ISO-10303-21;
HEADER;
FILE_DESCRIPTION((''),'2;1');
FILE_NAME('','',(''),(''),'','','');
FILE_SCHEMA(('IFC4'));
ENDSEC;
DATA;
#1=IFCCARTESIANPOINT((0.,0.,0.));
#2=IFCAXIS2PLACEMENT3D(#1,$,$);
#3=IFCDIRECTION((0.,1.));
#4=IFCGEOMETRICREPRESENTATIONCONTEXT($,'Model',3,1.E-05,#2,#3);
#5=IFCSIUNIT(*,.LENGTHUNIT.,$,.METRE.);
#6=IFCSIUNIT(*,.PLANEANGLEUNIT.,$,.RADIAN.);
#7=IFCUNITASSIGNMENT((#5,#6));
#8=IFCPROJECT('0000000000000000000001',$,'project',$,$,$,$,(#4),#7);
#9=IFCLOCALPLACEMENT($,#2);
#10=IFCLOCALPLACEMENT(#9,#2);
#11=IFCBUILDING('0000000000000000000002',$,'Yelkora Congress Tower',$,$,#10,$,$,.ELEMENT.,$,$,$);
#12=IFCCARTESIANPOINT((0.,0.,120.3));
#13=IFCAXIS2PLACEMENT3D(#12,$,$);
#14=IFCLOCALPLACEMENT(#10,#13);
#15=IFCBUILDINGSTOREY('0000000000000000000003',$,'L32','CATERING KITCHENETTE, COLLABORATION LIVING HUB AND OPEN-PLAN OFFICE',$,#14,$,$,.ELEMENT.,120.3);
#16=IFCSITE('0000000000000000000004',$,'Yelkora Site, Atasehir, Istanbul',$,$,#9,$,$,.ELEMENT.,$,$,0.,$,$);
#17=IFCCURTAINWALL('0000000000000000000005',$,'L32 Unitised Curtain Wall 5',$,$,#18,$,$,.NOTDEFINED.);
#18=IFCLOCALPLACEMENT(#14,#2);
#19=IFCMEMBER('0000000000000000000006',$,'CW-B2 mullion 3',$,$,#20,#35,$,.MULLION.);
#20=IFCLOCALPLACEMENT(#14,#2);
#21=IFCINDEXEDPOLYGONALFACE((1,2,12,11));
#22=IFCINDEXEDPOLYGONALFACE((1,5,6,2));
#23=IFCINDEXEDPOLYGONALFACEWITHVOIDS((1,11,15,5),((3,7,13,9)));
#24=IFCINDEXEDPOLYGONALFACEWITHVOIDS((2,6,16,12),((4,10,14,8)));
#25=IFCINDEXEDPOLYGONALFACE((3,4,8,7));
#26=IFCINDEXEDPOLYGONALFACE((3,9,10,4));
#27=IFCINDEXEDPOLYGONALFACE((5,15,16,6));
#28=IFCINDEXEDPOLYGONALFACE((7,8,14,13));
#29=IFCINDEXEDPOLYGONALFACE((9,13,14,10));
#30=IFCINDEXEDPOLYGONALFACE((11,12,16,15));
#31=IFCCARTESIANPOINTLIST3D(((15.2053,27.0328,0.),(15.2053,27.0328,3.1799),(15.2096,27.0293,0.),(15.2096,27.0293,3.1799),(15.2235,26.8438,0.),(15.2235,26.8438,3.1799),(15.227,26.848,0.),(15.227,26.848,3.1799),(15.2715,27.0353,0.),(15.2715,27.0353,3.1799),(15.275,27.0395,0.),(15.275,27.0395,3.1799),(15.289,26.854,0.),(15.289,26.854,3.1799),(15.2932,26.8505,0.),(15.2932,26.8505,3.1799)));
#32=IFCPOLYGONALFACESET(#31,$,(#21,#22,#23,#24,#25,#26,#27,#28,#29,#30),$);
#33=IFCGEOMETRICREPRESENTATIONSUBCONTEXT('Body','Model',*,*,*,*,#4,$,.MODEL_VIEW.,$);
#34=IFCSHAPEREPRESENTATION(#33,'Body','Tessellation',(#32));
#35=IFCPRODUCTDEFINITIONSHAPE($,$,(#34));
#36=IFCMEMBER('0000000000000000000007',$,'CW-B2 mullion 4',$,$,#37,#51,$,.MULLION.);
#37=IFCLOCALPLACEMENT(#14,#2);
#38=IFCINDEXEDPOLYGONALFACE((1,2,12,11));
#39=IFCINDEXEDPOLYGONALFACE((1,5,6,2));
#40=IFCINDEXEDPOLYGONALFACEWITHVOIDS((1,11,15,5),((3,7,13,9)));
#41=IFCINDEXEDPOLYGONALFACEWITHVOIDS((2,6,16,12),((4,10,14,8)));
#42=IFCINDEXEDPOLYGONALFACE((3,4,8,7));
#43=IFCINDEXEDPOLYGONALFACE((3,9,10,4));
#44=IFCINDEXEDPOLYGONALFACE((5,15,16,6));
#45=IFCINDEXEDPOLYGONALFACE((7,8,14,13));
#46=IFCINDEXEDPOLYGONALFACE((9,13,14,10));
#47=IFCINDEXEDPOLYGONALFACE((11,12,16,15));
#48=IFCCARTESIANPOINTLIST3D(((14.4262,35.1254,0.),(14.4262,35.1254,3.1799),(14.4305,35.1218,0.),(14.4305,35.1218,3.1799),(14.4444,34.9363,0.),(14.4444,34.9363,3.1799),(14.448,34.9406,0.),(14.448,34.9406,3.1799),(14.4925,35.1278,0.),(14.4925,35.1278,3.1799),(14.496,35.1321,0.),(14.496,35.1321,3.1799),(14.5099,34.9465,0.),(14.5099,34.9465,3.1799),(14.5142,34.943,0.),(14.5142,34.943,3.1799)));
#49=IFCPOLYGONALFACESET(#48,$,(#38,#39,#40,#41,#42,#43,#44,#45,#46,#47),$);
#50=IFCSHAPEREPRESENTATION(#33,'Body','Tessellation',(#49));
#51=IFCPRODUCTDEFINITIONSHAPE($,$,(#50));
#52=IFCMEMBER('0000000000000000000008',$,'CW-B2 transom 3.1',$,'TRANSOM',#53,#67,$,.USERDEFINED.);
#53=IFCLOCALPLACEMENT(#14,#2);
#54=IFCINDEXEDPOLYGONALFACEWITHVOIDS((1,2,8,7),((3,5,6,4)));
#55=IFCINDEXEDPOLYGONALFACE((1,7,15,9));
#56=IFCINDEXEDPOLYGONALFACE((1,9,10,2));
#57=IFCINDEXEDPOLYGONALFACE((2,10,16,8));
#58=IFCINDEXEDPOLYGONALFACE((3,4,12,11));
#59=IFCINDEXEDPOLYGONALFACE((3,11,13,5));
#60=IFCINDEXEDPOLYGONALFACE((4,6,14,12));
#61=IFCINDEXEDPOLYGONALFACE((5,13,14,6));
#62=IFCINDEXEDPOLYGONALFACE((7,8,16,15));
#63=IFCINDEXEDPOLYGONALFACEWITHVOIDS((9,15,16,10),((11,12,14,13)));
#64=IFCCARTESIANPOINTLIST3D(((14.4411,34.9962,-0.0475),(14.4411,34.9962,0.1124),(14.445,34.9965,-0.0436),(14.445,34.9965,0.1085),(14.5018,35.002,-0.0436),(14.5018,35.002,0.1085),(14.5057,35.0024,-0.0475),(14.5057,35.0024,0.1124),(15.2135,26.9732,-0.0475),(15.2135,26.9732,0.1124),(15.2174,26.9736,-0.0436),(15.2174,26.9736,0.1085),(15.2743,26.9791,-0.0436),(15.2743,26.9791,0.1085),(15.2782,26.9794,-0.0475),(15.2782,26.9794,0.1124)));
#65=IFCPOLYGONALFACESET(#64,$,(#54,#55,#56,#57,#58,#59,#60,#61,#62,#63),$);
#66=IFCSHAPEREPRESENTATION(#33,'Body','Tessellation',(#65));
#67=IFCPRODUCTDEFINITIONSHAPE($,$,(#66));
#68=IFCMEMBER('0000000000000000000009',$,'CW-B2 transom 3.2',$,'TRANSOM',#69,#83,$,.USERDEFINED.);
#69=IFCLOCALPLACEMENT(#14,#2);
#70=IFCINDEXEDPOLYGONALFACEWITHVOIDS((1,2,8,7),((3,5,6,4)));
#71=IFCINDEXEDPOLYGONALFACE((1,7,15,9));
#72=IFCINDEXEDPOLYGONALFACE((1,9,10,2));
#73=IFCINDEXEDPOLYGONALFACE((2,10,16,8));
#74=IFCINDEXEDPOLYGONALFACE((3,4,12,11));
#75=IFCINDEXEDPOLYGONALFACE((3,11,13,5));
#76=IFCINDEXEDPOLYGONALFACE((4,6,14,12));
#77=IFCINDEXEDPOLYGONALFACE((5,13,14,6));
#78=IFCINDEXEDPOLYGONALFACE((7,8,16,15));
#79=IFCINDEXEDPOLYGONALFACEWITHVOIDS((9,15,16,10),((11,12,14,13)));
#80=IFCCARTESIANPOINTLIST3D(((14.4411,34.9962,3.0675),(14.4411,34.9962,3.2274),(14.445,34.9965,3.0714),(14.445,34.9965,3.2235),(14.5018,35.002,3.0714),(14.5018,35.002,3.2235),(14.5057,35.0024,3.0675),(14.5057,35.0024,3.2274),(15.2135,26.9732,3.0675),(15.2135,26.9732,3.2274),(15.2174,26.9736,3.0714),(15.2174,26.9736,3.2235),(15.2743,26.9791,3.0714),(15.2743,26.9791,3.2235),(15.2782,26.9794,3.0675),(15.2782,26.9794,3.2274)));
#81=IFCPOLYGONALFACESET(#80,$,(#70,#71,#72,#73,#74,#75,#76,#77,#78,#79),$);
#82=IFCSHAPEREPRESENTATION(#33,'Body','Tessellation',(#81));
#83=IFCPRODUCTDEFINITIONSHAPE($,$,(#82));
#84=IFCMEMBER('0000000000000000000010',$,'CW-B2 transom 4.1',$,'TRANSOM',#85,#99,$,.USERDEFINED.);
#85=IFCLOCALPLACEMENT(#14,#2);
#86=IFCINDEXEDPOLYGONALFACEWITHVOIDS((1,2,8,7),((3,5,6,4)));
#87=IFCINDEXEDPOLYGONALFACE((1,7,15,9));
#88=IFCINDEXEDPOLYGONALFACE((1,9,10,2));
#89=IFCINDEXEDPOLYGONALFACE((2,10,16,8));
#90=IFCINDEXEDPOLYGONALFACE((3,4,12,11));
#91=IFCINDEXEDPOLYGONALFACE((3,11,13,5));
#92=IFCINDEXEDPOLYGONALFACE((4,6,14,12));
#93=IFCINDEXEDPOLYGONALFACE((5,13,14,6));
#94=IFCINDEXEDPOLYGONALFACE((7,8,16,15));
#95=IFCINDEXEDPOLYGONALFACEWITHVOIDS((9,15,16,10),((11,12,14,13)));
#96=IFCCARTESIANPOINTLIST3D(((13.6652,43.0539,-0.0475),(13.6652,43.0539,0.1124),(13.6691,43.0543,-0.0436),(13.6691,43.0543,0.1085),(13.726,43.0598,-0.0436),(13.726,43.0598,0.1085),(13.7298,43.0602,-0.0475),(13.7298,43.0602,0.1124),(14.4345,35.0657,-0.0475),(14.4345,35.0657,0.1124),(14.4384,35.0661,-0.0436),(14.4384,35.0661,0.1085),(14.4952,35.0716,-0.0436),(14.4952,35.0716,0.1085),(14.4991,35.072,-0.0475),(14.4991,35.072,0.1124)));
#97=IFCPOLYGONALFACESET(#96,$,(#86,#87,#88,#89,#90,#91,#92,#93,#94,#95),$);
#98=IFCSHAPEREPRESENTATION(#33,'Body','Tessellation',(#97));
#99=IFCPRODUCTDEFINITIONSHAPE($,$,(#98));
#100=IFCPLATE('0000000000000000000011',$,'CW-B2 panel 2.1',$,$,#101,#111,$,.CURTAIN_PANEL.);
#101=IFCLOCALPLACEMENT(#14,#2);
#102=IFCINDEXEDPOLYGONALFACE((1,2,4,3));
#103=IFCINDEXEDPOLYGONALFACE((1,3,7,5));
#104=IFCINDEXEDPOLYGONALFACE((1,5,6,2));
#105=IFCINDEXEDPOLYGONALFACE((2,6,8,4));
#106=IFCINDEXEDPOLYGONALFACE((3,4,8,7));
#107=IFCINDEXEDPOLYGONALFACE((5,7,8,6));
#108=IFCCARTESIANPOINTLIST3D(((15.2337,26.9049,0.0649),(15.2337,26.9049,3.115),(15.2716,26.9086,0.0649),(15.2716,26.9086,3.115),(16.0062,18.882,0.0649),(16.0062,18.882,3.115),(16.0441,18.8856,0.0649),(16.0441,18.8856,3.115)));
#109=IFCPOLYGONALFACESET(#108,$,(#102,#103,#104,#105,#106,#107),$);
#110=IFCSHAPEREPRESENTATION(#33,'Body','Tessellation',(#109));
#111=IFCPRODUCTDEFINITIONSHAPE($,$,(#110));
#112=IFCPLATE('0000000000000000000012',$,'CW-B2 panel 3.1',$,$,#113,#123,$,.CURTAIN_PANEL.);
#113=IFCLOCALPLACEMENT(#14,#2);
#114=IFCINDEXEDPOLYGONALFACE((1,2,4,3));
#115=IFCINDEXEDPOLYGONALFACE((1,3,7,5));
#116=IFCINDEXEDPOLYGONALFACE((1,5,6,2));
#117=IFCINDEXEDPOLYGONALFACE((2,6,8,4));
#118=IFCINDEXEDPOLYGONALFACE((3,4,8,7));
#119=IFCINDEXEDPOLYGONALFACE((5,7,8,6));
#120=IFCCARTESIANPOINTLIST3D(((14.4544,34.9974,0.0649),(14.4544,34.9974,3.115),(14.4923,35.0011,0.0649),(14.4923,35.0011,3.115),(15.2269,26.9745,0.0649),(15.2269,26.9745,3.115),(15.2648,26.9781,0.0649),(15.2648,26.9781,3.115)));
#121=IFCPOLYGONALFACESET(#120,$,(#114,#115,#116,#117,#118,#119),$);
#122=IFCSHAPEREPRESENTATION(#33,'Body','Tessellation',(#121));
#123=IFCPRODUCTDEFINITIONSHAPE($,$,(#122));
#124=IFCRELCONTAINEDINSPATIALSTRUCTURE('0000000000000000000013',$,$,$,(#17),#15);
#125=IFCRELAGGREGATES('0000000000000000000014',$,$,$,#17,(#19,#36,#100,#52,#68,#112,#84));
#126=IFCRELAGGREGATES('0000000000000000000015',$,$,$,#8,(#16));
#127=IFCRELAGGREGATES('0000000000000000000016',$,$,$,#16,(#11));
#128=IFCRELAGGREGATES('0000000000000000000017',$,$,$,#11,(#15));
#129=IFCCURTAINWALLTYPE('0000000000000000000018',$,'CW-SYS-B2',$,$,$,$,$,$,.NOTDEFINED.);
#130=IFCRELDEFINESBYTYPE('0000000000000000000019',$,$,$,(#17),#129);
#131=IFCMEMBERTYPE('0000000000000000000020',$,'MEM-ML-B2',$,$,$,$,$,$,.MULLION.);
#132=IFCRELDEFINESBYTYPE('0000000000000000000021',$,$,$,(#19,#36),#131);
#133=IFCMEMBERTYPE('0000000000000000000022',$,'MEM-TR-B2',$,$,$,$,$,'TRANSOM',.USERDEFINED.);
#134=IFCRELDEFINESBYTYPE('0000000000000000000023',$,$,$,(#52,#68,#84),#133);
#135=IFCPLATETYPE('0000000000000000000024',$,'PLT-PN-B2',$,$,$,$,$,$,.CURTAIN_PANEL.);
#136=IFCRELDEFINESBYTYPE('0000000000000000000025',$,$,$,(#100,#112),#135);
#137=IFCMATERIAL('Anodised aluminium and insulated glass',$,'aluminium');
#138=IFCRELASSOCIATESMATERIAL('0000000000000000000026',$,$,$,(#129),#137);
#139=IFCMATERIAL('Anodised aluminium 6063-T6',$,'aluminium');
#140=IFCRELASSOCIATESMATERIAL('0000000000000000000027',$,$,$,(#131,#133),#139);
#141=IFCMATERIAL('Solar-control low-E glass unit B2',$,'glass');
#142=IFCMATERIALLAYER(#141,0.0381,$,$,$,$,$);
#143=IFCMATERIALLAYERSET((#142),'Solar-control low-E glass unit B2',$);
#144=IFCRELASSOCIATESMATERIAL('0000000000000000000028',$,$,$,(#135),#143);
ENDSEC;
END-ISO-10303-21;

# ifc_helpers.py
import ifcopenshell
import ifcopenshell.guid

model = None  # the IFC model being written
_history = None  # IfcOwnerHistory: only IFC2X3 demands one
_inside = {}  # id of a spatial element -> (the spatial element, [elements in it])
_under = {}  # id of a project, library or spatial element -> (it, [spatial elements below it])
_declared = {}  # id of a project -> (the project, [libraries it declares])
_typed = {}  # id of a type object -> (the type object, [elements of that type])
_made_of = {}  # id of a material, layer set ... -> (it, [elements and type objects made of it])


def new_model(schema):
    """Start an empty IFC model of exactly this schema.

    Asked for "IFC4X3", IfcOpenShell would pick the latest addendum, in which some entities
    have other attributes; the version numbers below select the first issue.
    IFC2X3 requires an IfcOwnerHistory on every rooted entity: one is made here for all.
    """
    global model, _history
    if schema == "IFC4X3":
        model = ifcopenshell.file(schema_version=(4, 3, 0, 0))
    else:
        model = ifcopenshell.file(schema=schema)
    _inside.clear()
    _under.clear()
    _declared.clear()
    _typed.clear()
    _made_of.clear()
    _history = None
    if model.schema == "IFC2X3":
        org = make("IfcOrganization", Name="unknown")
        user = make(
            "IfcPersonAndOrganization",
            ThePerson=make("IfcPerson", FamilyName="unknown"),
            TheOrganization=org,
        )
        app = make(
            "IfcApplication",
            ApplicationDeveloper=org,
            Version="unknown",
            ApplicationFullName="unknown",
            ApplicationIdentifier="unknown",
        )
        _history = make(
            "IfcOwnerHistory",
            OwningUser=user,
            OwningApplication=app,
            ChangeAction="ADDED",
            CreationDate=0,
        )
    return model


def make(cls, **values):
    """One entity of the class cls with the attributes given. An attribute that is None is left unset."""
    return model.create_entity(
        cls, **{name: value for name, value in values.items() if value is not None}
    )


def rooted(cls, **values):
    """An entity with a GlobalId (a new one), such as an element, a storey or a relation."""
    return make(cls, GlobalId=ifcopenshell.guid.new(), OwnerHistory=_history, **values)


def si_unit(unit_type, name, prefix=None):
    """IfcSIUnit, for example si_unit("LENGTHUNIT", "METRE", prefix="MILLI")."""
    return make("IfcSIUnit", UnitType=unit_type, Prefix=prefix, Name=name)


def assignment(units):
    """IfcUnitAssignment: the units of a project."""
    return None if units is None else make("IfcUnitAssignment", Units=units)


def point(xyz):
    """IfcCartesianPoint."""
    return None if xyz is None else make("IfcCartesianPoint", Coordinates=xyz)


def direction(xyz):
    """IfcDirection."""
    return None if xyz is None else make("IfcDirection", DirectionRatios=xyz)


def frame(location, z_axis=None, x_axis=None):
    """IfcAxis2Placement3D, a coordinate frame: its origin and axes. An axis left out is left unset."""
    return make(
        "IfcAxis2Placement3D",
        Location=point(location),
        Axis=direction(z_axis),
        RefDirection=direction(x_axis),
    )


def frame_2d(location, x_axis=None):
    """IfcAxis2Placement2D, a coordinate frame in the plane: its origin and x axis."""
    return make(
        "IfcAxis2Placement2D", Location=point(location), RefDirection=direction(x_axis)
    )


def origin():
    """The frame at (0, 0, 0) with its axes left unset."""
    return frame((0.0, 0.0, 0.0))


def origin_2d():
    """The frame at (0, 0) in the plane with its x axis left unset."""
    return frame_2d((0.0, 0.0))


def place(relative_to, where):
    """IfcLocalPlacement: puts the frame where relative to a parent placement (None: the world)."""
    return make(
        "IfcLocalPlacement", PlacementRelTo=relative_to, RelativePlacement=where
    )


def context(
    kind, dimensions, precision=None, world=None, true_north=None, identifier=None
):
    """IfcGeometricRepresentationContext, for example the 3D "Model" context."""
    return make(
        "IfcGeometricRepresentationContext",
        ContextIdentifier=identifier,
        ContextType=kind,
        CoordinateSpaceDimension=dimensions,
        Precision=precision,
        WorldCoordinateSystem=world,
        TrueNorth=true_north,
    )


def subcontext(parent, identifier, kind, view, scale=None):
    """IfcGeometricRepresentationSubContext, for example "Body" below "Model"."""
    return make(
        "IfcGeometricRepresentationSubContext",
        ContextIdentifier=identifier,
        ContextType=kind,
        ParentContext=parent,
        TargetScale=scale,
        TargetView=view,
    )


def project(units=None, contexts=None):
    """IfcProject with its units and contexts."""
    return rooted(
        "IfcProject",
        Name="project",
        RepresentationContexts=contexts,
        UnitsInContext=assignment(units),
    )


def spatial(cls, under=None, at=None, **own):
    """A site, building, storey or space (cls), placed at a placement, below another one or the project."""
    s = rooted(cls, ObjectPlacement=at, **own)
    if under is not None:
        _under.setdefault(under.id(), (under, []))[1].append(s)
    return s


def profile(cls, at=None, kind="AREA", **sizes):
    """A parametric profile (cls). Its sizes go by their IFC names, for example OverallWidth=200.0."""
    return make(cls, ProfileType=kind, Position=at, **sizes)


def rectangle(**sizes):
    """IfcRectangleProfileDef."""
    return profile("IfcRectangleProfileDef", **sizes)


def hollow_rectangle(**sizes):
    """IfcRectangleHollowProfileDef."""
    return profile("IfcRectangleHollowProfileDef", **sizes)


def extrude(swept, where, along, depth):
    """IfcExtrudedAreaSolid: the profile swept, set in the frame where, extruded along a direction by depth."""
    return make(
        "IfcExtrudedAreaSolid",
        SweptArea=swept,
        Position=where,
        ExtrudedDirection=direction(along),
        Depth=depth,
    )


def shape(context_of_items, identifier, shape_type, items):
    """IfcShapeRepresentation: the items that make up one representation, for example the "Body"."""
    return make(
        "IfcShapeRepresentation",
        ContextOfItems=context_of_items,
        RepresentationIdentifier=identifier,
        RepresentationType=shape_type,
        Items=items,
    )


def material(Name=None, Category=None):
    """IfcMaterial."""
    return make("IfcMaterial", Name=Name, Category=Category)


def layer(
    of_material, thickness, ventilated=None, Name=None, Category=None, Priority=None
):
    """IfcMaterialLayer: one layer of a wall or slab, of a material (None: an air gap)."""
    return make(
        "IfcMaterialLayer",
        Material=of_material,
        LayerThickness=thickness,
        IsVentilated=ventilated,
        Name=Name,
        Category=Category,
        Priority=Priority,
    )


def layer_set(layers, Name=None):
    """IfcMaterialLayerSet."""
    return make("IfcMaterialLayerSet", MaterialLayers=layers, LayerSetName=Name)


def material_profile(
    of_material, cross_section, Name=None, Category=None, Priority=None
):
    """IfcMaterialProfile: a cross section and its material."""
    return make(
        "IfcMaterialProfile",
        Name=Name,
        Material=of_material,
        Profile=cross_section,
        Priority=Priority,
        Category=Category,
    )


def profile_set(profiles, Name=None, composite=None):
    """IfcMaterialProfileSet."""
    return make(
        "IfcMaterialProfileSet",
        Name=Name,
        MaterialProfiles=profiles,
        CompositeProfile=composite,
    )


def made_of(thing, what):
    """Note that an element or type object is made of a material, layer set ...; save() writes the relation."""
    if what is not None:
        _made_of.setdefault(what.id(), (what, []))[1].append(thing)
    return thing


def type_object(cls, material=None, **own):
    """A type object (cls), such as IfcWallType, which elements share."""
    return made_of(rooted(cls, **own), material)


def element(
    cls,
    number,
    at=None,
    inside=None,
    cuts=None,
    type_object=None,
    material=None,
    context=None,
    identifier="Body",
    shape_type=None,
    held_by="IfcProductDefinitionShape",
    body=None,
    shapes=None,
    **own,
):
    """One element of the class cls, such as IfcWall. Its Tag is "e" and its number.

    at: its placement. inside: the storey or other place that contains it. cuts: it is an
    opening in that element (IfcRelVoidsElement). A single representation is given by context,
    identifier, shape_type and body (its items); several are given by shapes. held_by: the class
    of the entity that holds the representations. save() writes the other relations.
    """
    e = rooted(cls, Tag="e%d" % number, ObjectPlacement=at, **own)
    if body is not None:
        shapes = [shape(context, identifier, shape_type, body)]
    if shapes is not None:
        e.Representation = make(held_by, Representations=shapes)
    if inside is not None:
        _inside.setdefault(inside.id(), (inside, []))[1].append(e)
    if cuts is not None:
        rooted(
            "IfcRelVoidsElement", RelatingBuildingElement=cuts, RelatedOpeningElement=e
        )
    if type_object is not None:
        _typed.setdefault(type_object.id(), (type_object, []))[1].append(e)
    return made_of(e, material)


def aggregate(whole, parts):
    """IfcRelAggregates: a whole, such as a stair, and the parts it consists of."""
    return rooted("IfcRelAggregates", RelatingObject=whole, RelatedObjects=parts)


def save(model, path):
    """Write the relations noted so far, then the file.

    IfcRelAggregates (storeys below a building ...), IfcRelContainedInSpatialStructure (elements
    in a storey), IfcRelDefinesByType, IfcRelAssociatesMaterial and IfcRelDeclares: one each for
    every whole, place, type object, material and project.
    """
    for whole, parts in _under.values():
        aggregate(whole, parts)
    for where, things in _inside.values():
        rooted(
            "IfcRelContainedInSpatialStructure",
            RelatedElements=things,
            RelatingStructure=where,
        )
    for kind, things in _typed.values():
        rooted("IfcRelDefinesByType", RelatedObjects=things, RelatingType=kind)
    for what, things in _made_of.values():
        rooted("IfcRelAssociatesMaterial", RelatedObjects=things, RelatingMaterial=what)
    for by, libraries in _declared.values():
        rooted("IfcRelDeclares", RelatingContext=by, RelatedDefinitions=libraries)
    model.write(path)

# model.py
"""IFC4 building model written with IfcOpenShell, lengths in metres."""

from ifc_helpers import new_model, si_unit, direction, frame, origin, origin_2d, place, context, subcontext, project, spatial, rectangle, hollow_rectangle, extrude, material, layer, layer_set, material_profile, profile_set, type_object, element, aggregate, save


model = new_model("IFC4")

# Units and contexts
model_context = context("Model", 3, precision=1e-05, world=origin(), true_north=direction((0.0, 1.0)))
body_context = subcontext(model_context, "Body", "Model", "MODEL_VIEW")
ifc_project = project(units=[si_unit("LENGTHUNIT", "METRE"), si_unit("PLANEANGLEUNIT", "RADIAN")], contexts=[model_context])

# Site, building, storey
site_placement = place(None, origin())
site = spatial("IfcSite", under=ifc_project, at=site_placement, Name="Yelkora Site, Atasehir, Istanbul", CompositionType="ELEMENT", RefElevation=0.0)
building_placement = place(site_placement, origin())
building = spatial("IfcBuilding", under=site, at=building_placement, Name="Yelkora Congress Tower", CompositionType="ELEMENT")
storey_placement = place(building_placement, frame((0.0, 0.0, 120.3)))
storey = spatial("IfcBuildingStorey", under=building, at=storey_placement, Name="L32", Description="CATERING KITCHENETTE, COLLABORATION LIVING HUB AND OPEN-PLAN OFFICE", CompositionType="ELEMENT", Elevation=120.3)

# Curtain wall, members, plates
ifc_material_1 = material(Name="Anodised aluminium and insulated glass", Category="aluminium")
curtain_wall_type = type_object("IfcCurtainWallType", Name="CW-SYS-B2", PredefinedType="NOTDEFINED", material=ifc_material_1)
curtain_wall_placement = place(storey_placement, origin())
curtain_wall = element("IfcCurtainWall", 1, at=curtain_wall_placement, inside=storey, type_object=curtain_wall_type, Name="L32 Unitised Curtain Wall 5", PredefinedType="NOTDEFINED")
ifc_material_2 = material(Name="Anodised aluminium 6063-T6", Category="aluminium")
ifc_material_profile_1 = material_profile(ifc_material_2, hollow_rectangle(XDim=0.0701, YDim=0.1899, WallThickness=0.0039, at=origin_2d()), Name="ALU 70x190x4")
ifc_profile_set_1 = profile_set([ifc_material_profile_1], Name="Anodised aluminium 6063-T6")
member_type_1 = type_object("IfcMemberType", Name="MEM-ML-B2", PredefinedType="MULLION", material=ifc_profile_set_1)
member_1_placement = place(storey_placement, frame((15.2493, 26.9417, 0.0), z_axis=(0.0, 0.0, 1.0), x_axis=(-0.995397, -0.095843, 0.0)))
member_1 = element("IfcMember", 2, at=member_1_placement, type_object=member_type_1, Name="CW-B2 mullion 3", PredefinedType="MULLION", context=body_context, shape_type="SweptSolid", body=[
    extrude(hollow_rectangle(XDim=0.0701, YDim=0.1899, WallThickness=0.0039, at=origin_2d()), origin(), (0.0, 0.0, 1.0), 3.1799),
])
member_2_placement = place(storey_placement, frame((14.4702, 35.0342, 0.0), z_axis=(0.0, 0.0, 1.0), x_axis=(-0.995397, -0.095843, 0.0)))
member_2 = element("IfcMember", 3, at=member_2_placement, type_object=member_type_1, Name="CW-B2 mullion 4", PredefinedType="MULLION", context=body_context, shape_type="SweptSolid", body=[
    extrude(hollow_rectangle(XDim=0.0701, YDim=0.1899, WallThickness=0.0039, at=origin_2d()), origin(), (0.0, 0.0, 1.0), 3.1799),
])
ifc_material_profile_2 = material_profile(ifc_material_2, hollow_rectangle(XDim=0.0649, YDim=0.1599, WallThickness=0.0039, at=origin_2d()), Name="ALU 65x160x4")
ifc_profile_set_2 = profile_set([ifc_material_profile_2], Name="Anodised aluminium 6063-T6")
member_type_2 = type_object("IfcMemberType", Name="MEM-TR-B2", ElementType="TRANSOM", PredefinedType="USERDEFINED", material=ifc_profile_set_2)
member_3_placement = place(storey_placement, frame((15.2458, 26.9763, 0.0325), z_axis=(-0.095838, 0.995397, 0.0), x_axis=(-0.995397, -0.095838, 0.0)))
member_3 = element("IfcMember", 4, at=member_3_placement, type_object=member_type_2, Name="CW-B2 transom 3.1", ObjectType="TRANSOM", PredefinedType="USERDEFINED", context=body_context, shape_type="SweptSolid", body=[
    extrude(hollow_rectangle(XDim=0.0649, YDim=0.1599, WallThickness=0.0039, at=origin_2d()), origin(), (0.0, 0.0, 1.0), 8.0601),
])
member_4_placement = place(storey_placement, frame((15.2458, 26.9763, 3.1475), z_axis=(-0.095838, 0.995397, 0.0), x_axis=(-0.995397, -0.095838, 0.0)))
member_4 = element("IfcMember", 5, at=member_4_placement, type_object=member_type_2, Name="CW-B2 transom 3.2", ObjectType="TRANSOM", PredefinedType="USERDEFINED", context=body_context, shape_type="SweptSolid", body=[
    extrude(hollow_rectangle(XDim=0.0649, YDim=0.1599, WallThickness=0.0039, at=origin_2d()), origin(), (0.0, 0.0, 1.0), 8.0601),
])
member_5_placement = place(storey_placement, frame((14.4668, 35.0688, 0.0325), z_axis=(-0.095858, 0.995395, 0.0), x_axis=(-0.995395, -0.095858, 0.0)))
member_5 = element("IfcMember", 6, at=member_5_placement, type_object=member_type_2, Name="CW-B2 transom 4.1", ObjectType="TRANSOM", PredefinedType="USERDEFINED", context=body_context, shape_type="SweptSolid", body=[
    extrude(hollow_rectangle(XDim=0.0649, YDim=0.1599, WallThickness=0.0039, at=origin_2d()), origin(), (0.0, 0.0, 1.0), 8.0251),
])
ifc_material_3 = material(Name="Solar-control low-E glass unit B2", Category="glass")
ifc_layer_1 = layer(ifc_material_3, 0.0381)
ifc_layer_set_1 = layer_set([ifc_layer_1], Name="Solar-control low-E glass unit B2")
plate_type = type_object("IfcPlateType", Name="PLT-PN-B2", PredefinedType="CURTAIN_PANEL", material=ifc_layer_set_1)
plate_1_placement = place(storey_placement, frame((15.6389, 22.8953, 0.0649), z_axis=(0.0, 0.0, 1.0), x_axis=(-0.095843, 0.995397, 0.0)))
plate_1 = element("IfcPlate", 7, at=plate_1_placement, type_object=plate_type, Name="CW-B2 panel 2.1", PredefinedType="CURTAIN_PANEL", context=body_context, shape_type="SweptSolid", body=[
    extrude(rectangle(XDim=8.0601, YDim=0.0381, at=origin_2d()), origin(), (0.0, 0.0, 1.0), 3.05),
])
plate_2_placement = place(storey_placement, frame((14.8596, 30.9878, 0.0649), z_axis=(0.0, 0.0, 1.0), x_axis=(-0.095843, 0.995397, 0.0)))
plate_2 = element("IfcPlate", 8, at=plate_2_placement, type_object=plate_type, Name="CW-B2 panel 3.1", PredefinedType="CURTAIN_PANEL", context=body_context, shape_type="SweptSolid", body=[
    extrude(rectangle(XDim=8.0601, YDim=0.0381, at=origin_2d()), origin(), (0.0, 0.0, 1.0), 3.05),
])
aggregate(curtain_wall, [member_1, member_2, plate_1, member_3, member_4, plate_2, member_5])

save(model, "model.ifc")
